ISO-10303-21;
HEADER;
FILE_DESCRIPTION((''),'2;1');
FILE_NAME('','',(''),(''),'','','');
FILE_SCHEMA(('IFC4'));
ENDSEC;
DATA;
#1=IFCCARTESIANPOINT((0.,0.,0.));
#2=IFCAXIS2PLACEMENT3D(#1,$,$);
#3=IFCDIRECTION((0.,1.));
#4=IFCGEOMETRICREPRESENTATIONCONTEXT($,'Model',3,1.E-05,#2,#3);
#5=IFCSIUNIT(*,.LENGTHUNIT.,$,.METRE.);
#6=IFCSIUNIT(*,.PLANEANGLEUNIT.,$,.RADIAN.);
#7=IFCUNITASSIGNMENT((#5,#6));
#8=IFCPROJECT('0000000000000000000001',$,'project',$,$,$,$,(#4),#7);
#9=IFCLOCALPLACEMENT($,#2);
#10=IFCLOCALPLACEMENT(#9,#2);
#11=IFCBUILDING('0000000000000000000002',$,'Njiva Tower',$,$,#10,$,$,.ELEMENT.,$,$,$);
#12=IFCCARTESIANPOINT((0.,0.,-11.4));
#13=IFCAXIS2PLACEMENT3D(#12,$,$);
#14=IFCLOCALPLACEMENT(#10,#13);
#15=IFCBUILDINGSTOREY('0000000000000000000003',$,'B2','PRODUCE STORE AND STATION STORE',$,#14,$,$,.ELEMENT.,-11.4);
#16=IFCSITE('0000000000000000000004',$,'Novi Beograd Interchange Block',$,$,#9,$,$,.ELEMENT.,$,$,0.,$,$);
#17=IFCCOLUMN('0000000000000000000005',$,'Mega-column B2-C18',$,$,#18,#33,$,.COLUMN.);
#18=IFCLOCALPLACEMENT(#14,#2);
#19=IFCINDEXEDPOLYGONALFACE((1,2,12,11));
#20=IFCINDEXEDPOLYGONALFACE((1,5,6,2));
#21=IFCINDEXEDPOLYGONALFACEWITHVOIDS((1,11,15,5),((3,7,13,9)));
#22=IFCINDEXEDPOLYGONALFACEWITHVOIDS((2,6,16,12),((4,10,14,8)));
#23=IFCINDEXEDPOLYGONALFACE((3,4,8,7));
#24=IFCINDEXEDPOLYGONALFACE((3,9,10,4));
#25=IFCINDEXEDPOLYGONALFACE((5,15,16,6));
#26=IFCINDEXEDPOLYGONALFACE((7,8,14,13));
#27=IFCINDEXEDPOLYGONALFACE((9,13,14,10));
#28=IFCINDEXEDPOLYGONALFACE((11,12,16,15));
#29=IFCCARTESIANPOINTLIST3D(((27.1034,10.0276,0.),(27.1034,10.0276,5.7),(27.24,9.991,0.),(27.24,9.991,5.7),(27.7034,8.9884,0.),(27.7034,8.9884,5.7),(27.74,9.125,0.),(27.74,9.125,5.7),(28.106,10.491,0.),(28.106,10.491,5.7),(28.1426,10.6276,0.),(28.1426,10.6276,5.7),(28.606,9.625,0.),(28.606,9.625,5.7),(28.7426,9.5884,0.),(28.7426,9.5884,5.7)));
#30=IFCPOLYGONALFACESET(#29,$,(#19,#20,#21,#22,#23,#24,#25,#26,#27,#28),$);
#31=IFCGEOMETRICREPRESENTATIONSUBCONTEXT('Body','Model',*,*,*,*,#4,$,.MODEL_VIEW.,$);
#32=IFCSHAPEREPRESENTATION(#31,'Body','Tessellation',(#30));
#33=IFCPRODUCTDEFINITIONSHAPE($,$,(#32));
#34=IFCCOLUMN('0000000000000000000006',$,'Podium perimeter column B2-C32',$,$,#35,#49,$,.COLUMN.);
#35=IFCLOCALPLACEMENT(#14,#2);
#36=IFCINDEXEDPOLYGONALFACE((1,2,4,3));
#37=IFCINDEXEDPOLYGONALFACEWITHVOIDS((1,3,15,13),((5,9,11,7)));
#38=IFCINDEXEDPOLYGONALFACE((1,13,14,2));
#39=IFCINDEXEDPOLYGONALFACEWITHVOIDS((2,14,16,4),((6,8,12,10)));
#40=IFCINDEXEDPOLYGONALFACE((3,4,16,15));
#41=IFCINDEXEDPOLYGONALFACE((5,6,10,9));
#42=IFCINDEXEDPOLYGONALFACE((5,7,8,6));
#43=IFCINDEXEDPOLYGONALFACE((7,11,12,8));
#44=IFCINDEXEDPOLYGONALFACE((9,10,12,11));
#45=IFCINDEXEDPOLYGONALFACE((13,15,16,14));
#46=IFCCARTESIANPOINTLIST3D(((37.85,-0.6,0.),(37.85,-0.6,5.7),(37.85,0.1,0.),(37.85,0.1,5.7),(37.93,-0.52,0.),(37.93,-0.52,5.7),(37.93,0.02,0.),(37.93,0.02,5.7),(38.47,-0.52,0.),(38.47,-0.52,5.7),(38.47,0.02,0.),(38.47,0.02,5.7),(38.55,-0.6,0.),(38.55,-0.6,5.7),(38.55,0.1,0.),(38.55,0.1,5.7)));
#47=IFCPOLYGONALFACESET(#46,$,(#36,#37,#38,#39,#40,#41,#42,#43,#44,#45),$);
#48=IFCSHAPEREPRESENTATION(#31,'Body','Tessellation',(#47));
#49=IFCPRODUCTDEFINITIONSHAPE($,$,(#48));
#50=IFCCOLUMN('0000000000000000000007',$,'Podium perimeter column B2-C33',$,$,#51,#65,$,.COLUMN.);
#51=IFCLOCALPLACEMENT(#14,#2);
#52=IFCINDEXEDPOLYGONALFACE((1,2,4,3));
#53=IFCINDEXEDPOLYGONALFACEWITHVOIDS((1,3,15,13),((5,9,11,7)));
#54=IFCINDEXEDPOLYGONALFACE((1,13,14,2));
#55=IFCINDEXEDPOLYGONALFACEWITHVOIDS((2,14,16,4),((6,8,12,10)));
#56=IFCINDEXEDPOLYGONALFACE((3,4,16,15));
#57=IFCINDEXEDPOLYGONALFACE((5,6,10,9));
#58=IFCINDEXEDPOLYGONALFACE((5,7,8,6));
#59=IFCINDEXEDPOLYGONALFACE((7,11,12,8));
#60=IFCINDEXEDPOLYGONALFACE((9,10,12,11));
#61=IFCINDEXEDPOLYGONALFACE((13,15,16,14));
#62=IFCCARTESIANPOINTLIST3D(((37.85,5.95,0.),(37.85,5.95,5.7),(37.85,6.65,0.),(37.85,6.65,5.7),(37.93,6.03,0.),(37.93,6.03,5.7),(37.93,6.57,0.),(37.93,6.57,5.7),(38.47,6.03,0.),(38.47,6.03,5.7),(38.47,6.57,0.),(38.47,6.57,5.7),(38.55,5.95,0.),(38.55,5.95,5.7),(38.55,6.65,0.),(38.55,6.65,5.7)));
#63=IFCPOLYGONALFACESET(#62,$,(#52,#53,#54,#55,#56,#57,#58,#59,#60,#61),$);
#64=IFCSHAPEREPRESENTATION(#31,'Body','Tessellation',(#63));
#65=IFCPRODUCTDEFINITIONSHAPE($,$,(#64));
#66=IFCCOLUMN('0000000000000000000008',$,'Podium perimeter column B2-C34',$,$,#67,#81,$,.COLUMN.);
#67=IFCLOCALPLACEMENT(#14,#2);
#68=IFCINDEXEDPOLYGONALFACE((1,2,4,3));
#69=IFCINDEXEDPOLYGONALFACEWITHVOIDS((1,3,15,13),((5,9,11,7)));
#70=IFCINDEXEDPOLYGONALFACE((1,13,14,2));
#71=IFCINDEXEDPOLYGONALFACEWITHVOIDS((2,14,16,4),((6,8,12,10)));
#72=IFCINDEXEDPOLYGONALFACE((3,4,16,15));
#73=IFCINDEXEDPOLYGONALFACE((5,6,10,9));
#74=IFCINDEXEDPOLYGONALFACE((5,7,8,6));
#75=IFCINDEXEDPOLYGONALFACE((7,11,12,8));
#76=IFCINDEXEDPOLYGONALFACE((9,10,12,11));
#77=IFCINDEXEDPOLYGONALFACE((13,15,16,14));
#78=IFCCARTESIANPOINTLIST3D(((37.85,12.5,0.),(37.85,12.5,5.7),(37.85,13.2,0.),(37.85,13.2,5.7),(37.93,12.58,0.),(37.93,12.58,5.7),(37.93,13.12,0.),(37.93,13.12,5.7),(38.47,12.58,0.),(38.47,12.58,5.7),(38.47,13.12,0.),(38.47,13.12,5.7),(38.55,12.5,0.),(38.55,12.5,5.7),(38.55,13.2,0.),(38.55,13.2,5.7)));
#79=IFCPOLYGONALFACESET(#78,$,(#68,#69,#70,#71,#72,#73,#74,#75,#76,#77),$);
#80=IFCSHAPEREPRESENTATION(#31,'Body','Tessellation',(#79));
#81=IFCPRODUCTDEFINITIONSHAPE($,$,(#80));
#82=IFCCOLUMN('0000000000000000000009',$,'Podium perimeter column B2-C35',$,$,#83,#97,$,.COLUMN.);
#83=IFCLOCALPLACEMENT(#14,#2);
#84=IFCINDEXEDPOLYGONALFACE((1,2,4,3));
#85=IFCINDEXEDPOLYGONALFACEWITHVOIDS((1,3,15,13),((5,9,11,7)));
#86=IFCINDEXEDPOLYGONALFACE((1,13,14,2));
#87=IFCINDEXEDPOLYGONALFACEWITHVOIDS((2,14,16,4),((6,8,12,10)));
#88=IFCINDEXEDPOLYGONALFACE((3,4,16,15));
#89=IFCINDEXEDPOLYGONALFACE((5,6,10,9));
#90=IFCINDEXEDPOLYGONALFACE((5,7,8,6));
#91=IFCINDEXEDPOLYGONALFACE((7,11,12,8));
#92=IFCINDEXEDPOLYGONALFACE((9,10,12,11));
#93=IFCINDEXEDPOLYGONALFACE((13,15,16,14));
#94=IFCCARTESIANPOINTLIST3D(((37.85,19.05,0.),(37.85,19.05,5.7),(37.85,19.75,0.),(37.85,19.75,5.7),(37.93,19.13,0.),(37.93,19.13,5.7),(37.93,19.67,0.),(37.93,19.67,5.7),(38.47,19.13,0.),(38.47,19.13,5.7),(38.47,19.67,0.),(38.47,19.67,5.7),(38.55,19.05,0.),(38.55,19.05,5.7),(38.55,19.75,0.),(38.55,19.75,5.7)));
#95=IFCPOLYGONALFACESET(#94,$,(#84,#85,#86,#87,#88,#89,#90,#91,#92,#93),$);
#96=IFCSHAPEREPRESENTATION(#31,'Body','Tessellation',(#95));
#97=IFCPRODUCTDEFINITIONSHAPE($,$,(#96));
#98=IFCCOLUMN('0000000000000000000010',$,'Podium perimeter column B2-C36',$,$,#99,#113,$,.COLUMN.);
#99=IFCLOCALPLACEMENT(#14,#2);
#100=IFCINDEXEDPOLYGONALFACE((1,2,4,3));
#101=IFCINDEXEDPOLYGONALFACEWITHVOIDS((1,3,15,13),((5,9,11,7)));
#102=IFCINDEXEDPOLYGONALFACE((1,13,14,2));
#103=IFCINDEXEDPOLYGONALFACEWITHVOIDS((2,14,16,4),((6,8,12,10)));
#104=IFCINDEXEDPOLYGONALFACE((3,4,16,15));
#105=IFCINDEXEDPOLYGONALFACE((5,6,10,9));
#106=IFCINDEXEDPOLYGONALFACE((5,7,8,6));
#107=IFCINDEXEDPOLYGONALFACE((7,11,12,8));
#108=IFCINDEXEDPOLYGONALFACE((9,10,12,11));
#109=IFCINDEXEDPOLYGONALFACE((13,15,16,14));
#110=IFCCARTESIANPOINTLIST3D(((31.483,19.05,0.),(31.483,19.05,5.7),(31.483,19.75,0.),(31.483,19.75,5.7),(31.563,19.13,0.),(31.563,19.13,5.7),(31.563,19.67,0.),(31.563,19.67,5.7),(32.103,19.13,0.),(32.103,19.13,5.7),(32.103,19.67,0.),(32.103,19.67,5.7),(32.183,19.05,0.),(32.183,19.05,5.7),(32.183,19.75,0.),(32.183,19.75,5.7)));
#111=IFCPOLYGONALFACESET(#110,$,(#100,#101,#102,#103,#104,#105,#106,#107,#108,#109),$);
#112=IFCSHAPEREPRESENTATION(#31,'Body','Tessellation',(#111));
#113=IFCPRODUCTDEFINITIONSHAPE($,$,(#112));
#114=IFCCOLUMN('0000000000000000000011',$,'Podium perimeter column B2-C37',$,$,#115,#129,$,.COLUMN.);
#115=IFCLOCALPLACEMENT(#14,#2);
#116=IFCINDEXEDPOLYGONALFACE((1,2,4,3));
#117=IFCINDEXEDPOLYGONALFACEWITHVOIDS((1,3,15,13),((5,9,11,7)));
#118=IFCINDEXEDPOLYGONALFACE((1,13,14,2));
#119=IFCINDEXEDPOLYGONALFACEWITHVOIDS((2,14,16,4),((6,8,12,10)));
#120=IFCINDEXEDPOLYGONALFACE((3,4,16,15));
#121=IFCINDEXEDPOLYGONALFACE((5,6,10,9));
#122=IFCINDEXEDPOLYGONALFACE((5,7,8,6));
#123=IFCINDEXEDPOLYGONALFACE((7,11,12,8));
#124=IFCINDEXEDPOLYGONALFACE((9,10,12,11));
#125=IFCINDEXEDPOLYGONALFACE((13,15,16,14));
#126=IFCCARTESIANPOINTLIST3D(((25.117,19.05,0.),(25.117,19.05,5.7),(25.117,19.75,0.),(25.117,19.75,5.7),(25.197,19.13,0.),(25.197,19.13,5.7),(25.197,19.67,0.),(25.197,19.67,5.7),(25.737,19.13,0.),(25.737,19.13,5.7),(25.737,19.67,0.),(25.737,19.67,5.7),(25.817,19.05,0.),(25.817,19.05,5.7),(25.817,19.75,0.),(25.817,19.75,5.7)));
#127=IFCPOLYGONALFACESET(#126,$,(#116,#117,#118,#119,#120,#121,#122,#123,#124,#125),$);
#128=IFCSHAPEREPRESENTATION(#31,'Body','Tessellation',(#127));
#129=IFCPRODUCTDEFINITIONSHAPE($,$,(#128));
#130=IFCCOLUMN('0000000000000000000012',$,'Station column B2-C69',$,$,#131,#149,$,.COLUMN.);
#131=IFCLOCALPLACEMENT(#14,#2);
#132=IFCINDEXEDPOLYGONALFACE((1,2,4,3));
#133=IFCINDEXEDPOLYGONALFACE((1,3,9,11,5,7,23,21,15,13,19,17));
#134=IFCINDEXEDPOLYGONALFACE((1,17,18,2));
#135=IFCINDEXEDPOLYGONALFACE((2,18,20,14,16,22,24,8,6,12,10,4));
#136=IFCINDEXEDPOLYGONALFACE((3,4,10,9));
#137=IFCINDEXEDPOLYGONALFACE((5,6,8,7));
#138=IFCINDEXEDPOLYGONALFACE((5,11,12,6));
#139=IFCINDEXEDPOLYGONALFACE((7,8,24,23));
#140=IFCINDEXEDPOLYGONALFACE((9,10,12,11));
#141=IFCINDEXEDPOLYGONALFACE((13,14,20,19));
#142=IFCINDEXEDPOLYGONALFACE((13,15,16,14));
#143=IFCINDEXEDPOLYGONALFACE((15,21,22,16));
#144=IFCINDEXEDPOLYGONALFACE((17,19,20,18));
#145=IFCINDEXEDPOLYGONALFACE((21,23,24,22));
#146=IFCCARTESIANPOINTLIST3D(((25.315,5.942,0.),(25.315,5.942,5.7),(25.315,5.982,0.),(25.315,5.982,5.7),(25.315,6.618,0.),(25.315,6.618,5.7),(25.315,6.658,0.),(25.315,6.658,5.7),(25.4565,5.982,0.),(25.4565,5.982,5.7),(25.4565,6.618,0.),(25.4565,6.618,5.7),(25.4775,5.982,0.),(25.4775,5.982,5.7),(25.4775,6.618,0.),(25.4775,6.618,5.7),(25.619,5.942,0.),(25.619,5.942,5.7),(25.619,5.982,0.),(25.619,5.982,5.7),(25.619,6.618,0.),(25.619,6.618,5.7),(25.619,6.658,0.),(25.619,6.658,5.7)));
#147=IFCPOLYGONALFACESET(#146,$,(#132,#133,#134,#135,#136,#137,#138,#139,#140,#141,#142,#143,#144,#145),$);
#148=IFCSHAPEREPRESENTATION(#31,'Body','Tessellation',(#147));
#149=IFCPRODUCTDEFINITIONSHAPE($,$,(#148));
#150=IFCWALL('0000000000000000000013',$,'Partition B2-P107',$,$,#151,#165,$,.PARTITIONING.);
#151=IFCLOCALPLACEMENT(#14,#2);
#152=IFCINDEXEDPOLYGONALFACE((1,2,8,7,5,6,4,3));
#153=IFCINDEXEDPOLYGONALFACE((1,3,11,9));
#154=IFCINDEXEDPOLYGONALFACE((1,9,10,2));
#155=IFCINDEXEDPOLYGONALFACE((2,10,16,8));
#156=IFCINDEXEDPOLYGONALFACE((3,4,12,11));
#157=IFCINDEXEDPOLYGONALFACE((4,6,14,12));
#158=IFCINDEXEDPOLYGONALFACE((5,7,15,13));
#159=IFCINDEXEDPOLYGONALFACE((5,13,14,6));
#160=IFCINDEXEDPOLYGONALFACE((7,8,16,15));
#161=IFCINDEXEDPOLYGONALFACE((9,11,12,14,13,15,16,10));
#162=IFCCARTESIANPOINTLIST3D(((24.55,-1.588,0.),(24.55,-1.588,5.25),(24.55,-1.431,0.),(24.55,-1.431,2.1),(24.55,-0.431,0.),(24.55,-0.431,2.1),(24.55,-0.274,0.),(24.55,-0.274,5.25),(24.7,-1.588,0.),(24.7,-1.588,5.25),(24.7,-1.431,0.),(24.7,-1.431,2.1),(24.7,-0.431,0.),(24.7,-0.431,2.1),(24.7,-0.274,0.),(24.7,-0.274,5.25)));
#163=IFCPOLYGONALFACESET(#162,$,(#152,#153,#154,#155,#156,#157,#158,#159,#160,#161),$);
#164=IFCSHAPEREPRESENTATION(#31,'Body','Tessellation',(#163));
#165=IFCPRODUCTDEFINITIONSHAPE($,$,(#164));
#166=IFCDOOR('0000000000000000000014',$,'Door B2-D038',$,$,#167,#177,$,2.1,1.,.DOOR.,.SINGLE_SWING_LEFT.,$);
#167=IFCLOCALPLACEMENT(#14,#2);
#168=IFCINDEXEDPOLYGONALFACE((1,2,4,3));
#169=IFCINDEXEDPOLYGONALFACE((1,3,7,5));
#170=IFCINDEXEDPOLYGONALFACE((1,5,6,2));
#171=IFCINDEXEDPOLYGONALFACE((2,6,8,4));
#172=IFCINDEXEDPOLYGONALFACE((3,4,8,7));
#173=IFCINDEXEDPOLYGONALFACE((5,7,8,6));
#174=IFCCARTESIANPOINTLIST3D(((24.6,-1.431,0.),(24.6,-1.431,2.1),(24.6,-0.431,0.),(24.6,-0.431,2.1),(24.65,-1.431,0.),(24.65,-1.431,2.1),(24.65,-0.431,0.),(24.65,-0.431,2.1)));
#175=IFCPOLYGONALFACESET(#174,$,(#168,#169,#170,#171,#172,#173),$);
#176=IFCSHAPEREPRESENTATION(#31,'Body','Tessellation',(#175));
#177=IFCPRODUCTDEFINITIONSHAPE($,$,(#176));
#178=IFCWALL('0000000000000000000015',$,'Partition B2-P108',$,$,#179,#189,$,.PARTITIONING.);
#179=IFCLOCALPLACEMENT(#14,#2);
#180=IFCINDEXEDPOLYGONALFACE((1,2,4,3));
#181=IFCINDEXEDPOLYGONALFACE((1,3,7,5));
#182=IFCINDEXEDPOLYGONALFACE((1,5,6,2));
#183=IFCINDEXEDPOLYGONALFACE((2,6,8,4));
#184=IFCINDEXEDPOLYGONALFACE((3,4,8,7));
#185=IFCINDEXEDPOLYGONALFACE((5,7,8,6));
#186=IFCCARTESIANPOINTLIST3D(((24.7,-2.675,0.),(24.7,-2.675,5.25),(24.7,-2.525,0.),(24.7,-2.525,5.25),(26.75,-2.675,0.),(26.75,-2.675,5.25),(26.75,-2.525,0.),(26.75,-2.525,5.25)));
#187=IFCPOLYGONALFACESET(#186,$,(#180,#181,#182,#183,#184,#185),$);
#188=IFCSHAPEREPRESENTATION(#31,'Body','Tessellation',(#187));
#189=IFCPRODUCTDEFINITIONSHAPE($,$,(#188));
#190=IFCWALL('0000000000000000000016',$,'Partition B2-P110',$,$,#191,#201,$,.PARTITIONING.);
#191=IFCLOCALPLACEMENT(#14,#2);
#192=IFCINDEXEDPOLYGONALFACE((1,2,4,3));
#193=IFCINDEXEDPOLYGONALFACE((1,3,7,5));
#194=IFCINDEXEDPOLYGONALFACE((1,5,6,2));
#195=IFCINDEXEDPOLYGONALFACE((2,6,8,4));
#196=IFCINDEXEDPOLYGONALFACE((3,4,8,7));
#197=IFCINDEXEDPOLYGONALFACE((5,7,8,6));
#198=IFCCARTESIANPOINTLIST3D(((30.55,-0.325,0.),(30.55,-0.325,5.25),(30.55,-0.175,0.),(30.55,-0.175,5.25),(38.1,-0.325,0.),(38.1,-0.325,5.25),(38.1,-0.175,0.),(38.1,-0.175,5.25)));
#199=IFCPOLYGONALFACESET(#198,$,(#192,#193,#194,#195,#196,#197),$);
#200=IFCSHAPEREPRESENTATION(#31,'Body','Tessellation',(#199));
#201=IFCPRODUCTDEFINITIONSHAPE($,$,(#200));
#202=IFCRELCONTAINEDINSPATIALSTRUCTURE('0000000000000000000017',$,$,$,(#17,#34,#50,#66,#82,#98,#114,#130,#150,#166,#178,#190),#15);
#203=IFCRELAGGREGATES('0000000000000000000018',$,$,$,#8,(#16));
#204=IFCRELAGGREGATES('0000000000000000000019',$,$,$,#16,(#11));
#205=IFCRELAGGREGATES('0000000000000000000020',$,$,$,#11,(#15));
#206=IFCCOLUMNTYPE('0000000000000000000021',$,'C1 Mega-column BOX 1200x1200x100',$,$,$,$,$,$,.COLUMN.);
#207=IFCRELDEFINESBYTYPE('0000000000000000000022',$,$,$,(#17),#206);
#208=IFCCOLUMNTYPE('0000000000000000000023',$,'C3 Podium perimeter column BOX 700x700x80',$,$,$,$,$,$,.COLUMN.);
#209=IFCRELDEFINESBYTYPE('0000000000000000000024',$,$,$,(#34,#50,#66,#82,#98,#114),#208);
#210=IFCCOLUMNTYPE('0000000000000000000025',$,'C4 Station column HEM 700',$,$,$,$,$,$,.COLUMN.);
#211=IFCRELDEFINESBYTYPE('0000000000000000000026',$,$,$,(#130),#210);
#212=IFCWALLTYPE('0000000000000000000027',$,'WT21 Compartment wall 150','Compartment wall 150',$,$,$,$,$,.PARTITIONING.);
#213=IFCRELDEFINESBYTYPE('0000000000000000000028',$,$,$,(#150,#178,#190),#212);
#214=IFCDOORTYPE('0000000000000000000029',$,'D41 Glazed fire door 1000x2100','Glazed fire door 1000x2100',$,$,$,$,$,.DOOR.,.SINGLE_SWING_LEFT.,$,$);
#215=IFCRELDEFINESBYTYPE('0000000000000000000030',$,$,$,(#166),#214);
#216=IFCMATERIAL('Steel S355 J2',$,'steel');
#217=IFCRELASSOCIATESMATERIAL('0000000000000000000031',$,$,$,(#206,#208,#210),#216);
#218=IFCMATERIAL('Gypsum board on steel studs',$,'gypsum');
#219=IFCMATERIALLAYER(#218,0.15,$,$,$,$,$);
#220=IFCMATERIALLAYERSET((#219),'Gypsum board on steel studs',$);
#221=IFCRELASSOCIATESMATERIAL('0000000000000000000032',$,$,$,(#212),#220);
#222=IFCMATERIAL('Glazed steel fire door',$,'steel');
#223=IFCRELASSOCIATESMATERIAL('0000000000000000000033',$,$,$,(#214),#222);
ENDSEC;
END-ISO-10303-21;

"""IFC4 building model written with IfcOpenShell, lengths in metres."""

from ifc_helpers import new_model, si_unit, direction, frame, frame_2d, origin, origin_2d, place, context, subcontext, project, spatial, rectangle, hollow_rectangle, i_section, extrude, material, layer, layer_set, material_profile, profile_set, type_object, element, fill, save


model = new_model("IFC4")

# Units and contexts
model_context = context("Model", 3, precision=1e-05, world=origin(), true_north=direction((0.0, 1.0)))
body_context = subcontext(model_context, "Body", "Model", "MODEL_VIEW")
ifc_project = project(units=[si_unit("LENGTHUNIT", "METRE"), si_unit("PLANEANGLEUNIT", "RADIAN")], contexts=[model_context])

# Site, building, storey
site_placement = place(None, origin())
site = spatial("IfcSite", under=ifc_project, at=site_placement, Name="Novi Beograd Interchange Block", CompositionType="ELEMENT", RefElevation=0.0)
building_placement = place(site_placement, origin())
building = spatial("IfcBuilding", under=site, at=building_placement, Name="Njiva Tower", CompositionType="ELEMENT")
storey_placement = place(building_placement, frame((0.0, 0.0, -11.4)))
storey = spatial("IfcBuildingStorey", under=building, at=storey_placement, Name="B2", Description="PRODUCE STORE AND STATION STORE", CompositionType="ELEMENT", Elevation=-11.4)

# Columns
ifc_material_1 = material(Name="Steel S355 J2", Category="steel")
ifc_material_profile_1 = material_profile(ifc_material_1, hollow_rectangle(XDim=1.2, YDim=1.2, WallThickness=0.1, at=origin_2d()), Name="BOX 1200x1200x100")
ifc_profile_set_1 = profile_set([ifc_material_profile_1], Name="Steel S355 J2")
column_type_1 = type_object("IfcColumnType", Name="C1 Mega-column BOX 1200x1200x100", PredefinedType="COLUMN", material=ifc_profile_set_1)
column_1_placement = place(storey_placement, frame((27.923, 9.808, 0.0), z_axis=(0.0, 0.0, 1.0), x_axis=(-0.5, 0.866025, 0.0)))
element("IfcColumn", 1, at=column_1_placement, inside=storey, type_object=column_type_1, Name="Mega-column B2-C18", PredefinedType="COLUMN", context=body_context, shape_type="SweptSolid", body=[
    extrude(hollow_rectangle(XDim=1.2, YDim=1.2, WallThickness=0.1, at=origin_2d()), origin(), (0.0, 0.0, 1.0), 5.7),
])
ifc_material_profile_2 = material_profile(ifc_material_1, hollow_rectangle(XDim=0.7, YDim=0.7, WallThickness=0.08, at=origin_2d()), Name="BOX 700x700x80")
ifc_profile_set_2 = profile_set([ifc_material_profile_2], Name="Steel S355 J2")
column_type_2 = type_object("IfcColumnType", Name="C3 Podium perimeter column BOX 700x700x80", PredefinedType="COLUMN", material=ifc_profile_set_2)
for number, where, z_axis, x_axis, name in (
    (2, (38.2, -0.25, 0.0), (0.0, 0.0, 1.0), (0.0, 1.0, 0.0), "Podium perimeter column B2-C32"),
    (3, (38.2, 6.3, 0.0), (0.0, 0.0, 1.0), (0.0, 1.0, 0.0), "Podium perimeter column B2-C33"),
    (4, (38.2, 12.85, 0.0), (0.0, 0.0, 1.0), (0.0, 1.0, 0.0), "Podium perimeter column B2-C34"),
    (5, (38.2, 19.4, 0.0), (0.0, 0.0, 1.0), (-1.0, 0.0, 0.0), "Podium perimeter column B2-C35"),
    (6, (31.833, 19.4, 0.0), (0.0, 0.0, 1.0), (-1.0, 0.0, 0.0), "Podium perimeter column B2-C36"),
    (7, (25.467, 19.4, 0.0), (0.0, 0.0, 1.0), (-1.0, 0.0, 0.0), "Podium perimeter column B2-C37"),
):
    element("IfcColumn", number, at=place(storey_placement, frame(where, z_axis=z_axis, x_axis=x_axis)), inside=storey, type_object=column_type_2, Name=name, PredefinedType="COLUMN", context=body_context, shape_type="SweptSolid", body=[
        extrude(hollow_rectangle(XDim=0.7, YDim=0.7, WallThickness=0.08, at=origin_2d()), origin(), (0.0, 0.0, 1.0), 5.7),
    ])
ifc_material_profile_3 = material_profile(ifc_material_1, i_section(OverallWidth=0.304, OverallDepth=0.716, WebThickness=0.021, FlangeThickness=0.04, at=origin_2d()), Name="HEM 700")
ifc_profile_set_3 = profile_set([ifc_material_profile_3], Name="Steel S355 J2")
column_type_3 = type_object("IfcColumnType", Name="C4 Station column HEM 700", PredefinedType="COLUMN", material=ifc_profile_set_3)
column_2_placement = place(storey_placement, frame((25.467, 6.3, 0.0), z_axis=(0.0, 0.0, 1.0), x_axis=(1.0, 0.0, 0.0)))
element("IfcColumn", 8, at=column_2_placement, inside=storey, type_object=column_type_3, Name="Station column B2-C69", PredefinedType="COLUMN", context=body_context, shape_type="SweptSolid", body=[
    extrude(i_section(OverallWidth=0.304, OverallDepth=0.716, WebThickness=0.021, FlangeThickness=0.04, at=origin_2d()), origin(), (0.0, 0.0, 1.0), 5.7),
])

# Wall, opening, door
ifc_material_2 = material(Name="Gypsum board on steel studs", Category="gypsum")
ifc_layer_1 = layer(ifc_material_2, 0.15)
ifc_layer_set_1 = layer_set([ifc_layer_1], Name="Gypsum board on steel studs")
wall_type_1 = type_object("IfcWallType", Name="WT21 Compartment wall 150", Description="Compartment wall 150", PredefinedType="PARTITIONING", material=ifc_layer_set_1)
wall_1_placement = place(storey_placement, frame((24.625, -1.588, 0.0), z_axis=(0.0, 0.0, 1.0), x_axis=(0.0, 1.0, 0.0)))
wall_1 = element("IfcWall", 9, at=wall_1_placement, inside=storey, type_object=wall_type_1, Name="Partition B2-P107", PredefinedType="PARTITIONING", context=body_context, shape_type="SweptSolid", body=[
    extrude(rectangle(XDim=1.314, YDim=0.15, at=frame_2d((0.657, 0.0))), origin(), (0.0, 0.0, 1.0), 5.25),
])
opening_placement = place(wall_1_placement, frame((0.157, 0.0, 0.0)))
opening = element("IfcOpeningElement", 10, at=opening_placement, cuts=wall_1, PredefinedType="OPENING", context=body_context, shape_type="SweptSolid", body=[
    extrude(rectangle(XDim=1.0, YDim=2.1, at=frame_2d((0.5, 1.05))), frame((0.0, 0.085, 0.0), z_axis=(0.0, -1.0, 0.0), x_axis=(1.0, 0.0, 0.0)), (0.0, 0.0, 1.0), 0.17),
])
ifc_material_3 = material(Name="Glazed steel fire door", Category="steel")
door_type = type_object("IfcDoorType", Name="D41 Glazed fire door 1000x2100", Description="Glazed fire door 1000x2100", OperationType="SINGLE_SWING_LEFT", PredefinedType="DOOR", material=ifc_material_3)
door_placement = place(opening_placement, origin())
door = element("IfcDoor", 11, at=door_placement, inside=storey, type_object=door_type, Name="Door B2-D038", OperationType="SINGLE_SWING_LEFT", OverallHeight=2.1, OverallWidth=1.0, PredefinedType="DOOR", context=body_context, shape_type="SweptSolid", body=[
    extrude(rectangle(XDim=1.0, YDim=2.1, at=frame_2d((0.5, 1.05))), frame((0.0, 0.025, 0.0), z_axis=(0.0, -1.0, 0.0), x_axis=(1.0, 0.0, 0.0)), (0.0, 0.0, 1.0), 0.05),
])
fill(opening, door)

# Walls
wall_2_placement = place(storey_placement, frame((24.7, -2.6, 0.0), z_axis=(0.0, 0.0, 1.0), x_axis=(1.0, 0.0, 0.0)))
element("IfcWall", 12, at=wall_2_placement, inside=storey, type_object=wall_type_1, Name="Partition B2-P108", PredefinedType="PARTITIONING", context=body_context, shape_type="SweptSolid", body=[
    extrude(rectangle(XDim=2.05, YDim=0.15, at=frame_2d((1.025, 0.0))), origin(), (0.0, 0.0, 1.0), 5.25),
])
wall_3_placement = place(storey_placement, frame((30.55, -0.25, 0.0), z_axis=(0.0, 0.0, 1.0), x_axis=(1.0, 0.0, 0.0)))
element("IfcWall", 13, at=wall_3_placement, inside=storey, type_object=wall_type_1, Name="Partition B2-P110", PredefinedType="PARTITIONING", context=body_context, shape_type="SweptSolid", body=[
    extrude(rectangle(XDim=7.55, YDim=0.15, at=frame_2d((3.775, 0.0))), origin(), (0.0, 0.0, 1.0), 5.25),
])

save(model, "model.ifc")
